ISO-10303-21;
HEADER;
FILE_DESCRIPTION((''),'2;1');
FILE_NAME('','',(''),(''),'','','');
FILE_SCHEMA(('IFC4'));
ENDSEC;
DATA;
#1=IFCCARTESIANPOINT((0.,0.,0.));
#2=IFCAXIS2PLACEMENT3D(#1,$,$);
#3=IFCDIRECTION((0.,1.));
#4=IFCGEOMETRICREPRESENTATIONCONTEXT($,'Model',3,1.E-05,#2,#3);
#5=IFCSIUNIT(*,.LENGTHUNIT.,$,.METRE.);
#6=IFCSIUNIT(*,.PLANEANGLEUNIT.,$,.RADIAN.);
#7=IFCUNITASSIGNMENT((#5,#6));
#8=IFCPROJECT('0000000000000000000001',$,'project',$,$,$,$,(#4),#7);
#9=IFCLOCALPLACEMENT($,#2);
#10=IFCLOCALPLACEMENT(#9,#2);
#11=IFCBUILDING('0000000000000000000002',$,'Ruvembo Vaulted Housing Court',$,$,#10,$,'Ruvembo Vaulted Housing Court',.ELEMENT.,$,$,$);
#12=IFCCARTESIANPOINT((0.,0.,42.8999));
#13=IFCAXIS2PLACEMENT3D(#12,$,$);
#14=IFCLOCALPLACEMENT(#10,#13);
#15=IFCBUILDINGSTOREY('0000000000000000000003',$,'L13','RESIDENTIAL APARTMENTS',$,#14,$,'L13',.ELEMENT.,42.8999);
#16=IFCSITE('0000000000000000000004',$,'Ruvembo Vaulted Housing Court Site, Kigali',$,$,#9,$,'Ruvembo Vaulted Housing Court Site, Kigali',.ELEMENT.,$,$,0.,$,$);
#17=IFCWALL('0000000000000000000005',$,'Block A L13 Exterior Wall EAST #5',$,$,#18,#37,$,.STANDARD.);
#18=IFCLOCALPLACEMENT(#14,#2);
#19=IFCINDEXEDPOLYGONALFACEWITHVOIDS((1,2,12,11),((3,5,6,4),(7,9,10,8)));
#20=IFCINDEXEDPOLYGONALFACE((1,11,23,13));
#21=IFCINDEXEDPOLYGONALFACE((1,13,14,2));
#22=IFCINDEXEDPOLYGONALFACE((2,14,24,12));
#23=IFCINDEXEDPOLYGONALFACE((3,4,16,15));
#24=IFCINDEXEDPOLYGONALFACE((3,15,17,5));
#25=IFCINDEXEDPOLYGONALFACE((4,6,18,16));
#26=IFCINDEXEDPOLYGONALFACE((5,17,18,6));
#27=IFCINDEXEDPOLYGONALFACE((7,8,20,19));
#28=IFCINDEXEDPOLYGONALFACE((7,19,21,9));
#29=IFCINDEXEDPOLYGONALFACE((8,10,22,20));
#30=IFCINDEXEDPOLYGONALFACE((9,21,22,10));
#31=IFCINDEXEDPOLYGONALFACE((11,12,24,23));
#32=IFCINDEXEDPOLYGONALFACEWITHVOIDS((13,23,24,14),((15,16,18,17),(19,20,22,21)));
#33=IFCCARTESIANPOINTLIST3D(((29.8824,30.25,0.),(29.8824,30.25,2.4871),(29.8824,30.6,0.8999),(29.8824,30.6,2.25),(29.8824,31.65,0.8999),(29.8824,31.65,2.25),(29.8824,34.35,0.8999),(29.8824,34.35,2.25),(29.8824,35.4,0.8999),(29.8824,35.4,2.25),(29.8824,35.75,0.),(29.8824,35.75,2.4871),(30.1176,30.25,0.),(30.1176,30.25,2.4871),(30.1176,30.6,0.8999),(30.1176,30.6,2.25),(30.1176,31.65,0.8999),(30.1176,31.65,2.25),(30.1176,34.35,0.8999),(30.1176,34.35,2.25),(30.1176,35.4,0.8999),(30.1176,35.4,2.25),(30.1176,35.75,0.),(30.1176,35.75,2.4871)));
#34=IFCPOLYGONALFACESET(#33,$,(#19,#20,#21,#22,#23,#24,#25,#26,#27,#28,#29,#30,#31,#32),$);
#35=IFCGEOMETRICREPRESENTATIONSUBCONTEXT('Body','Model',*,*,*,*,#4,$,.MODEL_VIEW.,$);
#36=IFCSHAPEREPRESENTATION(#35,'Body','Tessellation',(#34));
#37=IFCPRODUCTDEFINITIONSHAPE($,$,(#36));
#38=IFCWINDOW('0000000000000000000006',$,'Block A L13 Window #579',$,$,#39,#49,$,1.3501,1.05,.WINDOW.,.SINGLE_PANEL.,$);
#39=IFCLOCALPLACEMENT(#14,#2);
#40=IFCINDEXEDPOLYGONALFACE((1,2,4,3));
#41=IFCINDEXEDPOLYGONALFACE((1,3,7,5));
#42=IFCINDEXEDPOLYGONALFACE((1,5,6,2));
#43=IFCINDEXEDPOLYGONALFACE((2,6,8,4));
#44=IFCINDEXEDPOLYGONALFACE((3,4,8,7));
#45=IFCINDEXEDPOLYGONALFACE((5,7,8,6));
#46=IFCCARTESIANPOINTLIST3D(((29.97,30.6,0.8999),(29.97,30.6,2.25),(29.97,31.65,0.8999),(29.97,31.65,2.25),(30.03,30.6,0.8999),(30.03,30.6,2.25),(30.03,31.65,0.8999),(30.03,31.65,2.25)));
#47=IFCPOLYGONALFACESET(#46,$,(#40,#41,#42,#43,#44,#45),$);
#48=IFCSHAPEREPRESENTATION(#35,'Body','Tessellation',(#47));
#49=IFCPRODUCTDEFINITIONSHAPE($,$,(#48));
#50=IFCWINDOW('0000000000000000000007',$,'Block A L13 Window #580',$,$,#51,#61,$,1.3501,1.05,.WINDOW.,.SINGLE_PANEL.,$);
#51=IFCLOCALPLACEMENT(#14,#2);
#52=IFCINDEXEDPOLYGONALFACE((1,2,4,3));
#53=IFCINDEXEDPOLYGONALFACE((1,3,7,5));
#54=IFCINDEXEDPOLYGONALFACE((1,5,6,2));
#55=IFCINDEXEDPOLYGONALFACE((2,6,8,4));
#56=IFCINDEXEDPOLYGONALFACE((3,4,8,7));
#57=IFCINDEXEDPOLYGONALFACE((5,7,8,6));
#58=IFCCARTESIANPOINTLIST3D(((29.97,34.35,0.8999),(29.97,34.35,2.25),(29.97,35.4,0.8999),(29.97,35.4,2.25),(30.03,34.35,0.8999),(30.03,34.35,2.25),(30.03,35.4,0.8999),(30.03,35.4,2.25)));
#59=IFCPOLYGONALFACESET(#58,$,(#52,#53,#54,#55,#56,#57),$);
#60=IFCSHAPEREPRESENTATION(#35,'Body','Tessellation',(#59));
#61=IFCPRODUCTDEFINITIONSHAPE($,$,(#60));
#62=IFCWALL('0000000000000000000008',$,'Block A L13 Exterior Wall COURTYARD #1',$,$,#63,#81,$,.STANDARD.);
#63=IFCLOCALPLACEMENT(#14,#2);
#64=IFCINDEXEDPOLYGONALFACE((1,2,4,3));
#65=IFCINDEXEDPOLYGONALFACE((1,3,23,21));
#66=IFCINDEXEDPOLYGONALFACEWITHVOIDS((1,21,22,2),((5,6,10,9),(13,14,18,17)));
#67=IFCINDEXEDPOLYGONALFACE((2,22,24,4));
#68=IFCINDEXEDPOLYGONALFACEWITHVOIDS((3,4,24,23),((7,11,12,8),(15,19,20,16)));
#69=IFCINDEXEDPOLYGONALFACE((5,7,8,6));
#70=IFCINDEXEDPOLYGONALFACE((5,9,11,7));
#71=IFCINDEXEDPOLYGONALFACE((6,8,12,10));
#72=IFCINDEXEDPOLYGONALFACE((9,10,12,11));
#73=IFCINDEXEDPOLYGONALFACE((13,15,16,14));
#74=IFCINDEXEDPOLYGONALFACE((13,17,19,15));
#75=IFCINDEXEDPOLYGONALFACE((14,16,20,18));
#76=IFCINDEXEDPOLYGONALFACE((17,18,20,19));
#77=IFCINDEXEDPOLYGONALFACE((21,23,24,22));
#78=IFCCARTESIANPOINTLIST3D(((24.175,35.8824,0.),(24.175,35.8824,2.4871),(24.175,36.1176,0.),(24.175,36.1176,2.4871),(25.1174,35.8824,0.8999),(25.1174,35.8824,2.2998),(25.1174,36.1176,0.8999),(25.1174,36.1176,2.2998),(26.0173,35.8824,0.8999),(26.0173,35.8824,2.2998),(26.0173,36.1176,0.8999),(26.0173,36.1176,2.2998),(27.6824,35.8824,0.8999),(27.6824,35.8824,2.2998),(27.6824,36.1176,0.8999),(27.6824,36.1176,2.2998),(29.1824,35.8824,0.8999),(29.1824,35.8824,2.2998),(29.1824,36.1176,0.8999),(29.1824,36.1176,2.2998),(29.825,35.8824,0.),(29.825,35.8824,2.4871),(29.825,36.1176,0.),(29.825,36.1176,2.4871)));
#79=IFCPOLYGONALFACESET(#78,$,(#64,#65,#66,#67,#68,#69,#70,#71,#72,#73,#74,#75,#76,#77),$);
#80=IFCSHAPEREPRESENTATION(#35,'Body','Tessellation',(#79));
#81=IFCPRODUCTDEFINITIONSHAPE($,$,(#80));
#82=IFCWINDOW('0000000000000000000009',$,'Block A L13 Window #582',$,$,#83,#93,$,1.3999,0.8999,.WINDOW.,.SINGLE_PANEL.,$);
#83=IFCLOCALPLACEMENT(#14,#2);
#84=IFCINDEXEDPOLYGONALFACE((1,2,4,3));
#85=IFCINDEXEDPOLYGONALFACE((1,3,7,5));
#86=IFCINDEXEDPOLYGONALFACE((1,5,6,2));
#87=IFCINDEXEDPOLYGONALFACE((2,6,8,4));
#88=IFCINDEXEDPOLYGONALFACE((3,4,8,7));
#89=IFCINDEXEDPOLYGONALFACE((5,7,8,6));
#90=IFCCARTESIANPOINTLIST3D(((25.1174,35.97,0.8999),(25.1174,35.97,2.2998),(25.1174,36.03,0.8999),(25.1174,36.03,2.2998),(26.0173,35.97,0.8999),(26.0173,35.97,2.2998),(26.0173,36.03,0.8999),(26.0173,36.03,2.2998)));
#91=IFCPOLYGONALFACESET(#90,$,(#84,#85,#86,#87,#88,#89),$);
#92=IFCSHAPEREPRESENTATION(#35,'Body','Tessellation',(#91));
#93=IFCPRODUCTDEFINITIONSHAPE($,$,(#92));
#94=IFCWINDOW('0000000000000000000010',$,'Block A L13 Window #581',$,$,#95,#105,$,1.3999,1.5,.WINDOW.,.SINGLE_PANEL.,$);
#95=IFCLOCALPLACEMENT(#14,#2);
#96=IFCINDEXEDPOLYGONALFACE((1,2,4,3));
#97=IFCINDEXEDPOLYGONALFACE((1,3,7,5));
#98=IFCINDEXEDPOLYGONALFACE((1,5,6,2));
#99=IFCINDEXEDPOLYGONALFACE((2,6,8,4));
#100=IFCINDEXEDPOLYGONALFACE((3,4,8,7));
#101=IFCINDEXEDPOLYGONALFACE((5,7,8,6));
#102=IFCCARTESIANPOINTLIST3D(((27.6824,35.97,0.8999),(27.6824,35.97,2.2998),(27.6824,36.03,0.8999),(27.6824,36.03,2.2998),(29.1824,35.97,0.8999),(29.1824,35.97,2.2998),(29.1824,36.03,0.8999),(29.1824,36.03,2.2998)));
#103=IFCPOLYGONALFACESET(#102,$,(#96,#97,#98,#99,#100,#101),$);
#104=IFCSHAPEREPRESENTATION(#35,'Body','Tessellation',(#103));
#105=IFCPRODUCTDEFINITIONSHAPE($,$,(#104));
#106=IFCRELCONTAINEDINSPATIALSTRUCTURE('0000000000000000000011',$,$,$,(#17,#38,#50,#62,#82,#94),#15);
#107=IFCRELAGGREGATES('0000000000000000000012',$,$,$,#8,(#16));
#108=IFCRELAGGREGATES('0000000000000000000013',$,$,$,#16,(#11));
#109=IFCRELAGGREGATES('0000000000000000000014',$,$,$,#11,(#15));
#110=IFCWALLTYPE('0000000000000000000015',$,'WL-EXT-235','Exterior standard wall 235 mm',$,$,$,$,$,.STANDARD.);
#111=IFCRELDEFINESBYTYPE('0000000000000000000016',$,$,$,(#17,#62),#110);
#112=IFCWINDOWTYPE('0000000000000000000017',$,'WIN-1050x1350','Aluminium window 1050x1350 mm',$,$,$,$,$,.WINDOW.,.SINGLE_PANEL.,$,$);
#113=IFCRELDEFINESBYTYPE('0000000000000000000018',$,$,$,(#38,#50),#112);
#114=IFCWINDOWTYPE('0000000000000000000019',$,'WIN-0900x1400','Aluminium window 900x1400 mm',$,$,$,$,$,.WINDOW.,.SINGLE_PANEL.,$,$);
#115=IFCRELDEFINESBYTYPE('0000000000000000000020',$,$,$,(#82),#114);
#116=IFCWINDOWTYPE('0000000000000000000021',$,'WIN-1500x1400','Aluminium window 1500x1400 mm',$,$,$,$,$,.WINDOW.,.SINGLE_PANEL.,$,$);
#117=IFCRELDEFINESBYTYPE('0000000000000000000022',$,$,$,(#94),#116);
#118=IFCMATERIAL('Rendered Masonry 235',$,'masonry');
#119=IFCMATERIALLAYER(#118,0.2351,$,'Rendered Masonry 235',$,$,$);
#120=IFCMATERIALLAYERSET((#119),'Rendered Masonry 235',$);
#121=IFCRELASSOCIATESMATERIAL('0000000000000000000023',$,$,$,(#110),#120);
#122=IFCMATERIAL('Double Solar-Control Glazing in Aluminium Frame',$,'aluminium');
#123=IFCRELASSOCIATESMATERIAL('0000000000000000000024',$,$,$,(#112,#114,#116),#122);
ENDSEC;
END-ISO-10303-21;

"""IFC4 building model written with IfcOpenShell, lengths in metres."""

from ifc_helpers import new_model, si_unit, direction, frame, frame_2d, origin, place, context, subcontext, project, spatial, rectangle, extrude, material, layer, layer_set, type_object, element, fill, save


model = new_model("IFC4")

# Units and contexts
model_context = context("Model", 3, precision=1e-05, world=origin(), true_north=direction((0.0, 1.0)))
body_context = subcontext(model_context, "Body", "Model", "MODEL_VIEW")
ifc_project = project(units=[si_unit("LENGTHUNIT", "METRE"), si_unit("PLANEANGLEUNIT", "RADIAN")], contexts=[model_context])

# Site, building, storey
site_placement = place(None, origin())
site = spatial("IfcSite", under=ifc_project, at=site_placement, Name="Ruvembo Vaulted Housing Court Site, Kigali", LongName="Ruvembo Vaulted Housing Court Site, Kigali", CompositionType="ELEMENT", RefElevation=0.0)
building_placement = place(site_placement, origin())
building = spatial("IfcBuilding", under=site, at=building_placement, Name="Ruvembo Vaulted Housing Court", LongName="Ruvembo Vaulted Housing Court", CompositionType="ELEMENT")
storey_placement = place(building_placement, frame((0.0, 0.0, 42.8999)))
storey = spatial("IfcBuildingStorey", under=building, at=storey_placement, Name="L13", Description="RESIDENTIAL APARTMENTS", LongName="L13", CompositionType="ELEMENT", Elevation=42.8999)

# Walls, openings, windows
ifc_material_1 = material(Name="Rendered Masonry 235", Category="masonry")
ifc_layer_1 = layer(ifc_material_1, 0.2351, Name="Rendered Masonry 235")
ifc_layer_set_1 = layer_set([ifc_layer_1], Name="Rendered Masonry 235")
wall_type_1 = type_object("IfcWallType", Name="WL-EXT-235", Description="Exterior standard wall 235 mm", PredefinedType="STANDARD", material=ifc_layer_set_1)
wall_1_placement = place(storey_placement, frame((30.0, 30.25, 0.0), z_axis=(0.0, 0.0, 1.0), x_axis=(0.0, 1.0, 0.0)))
wall_1 = element("IfcWall", 1, at=wall_1_placement, inside=storey, type_object=wall_type_1, Name="Block A L13 Exterior Wall EAST #5", PredefinedType="STANDARD", context=body_context, shape_type="SweptSolid", body=[
    extrude(rectangle(XDim=5.5, YDim=0.2351, at=frame_2d((2.75, 0.0))), origin(), (0.0, 0.0, 1.0), 2.4871),
])
opening_1_placement = place(wall_1_placement, frame((0.3501, 0.0, 0.8999)))
opening_1 = element("IfcOpeningElement", 2, at=opening_1_placement, cuts=wall_1, PredefinedType="OPENING", context=body_context, shape_type="SweptSolid", body=[
    extrude(rectangle(XDim=1.05, YDim=1.3501, at=frame_2d((0.5249, 0.675))), frame((0.0, 0.1274, 0.0), z_axis=(0.0, -1.0, 0.0), x_axis=(1.0, 0.0, 0.0)), (0.0, 0.0, 1.0), 0.2551),
])
opening_2_placement = place(wall_1_placement, frame((4.1001, 0.0, 0.8999)))
opening_2 = element("IfcOpeningElement", 3, at=opening_2_placement, cuts=wall_1, PredefinedType="OPENING", context=body_context, shape_type="SweptSolid", body=[
    extrude(rectangle(XDim=1.05, YDim=1.3501, at=frame_2d((0.5249, 0.675))), frame((0.0, 0.1274, 0.0), z_axis=(0.0, -1.0, 0.0), x_axis=(1.0, 0.0, 0.0)), (0.0, 0.0, 1.0), 0.2551),
])
ifc_material_2 = material(Name="Double Solar-Control Glazing in Aluminium Frame", Category="aluminium")
window_type_1 = type_object("IfcWindowType", Name="WIN-1050x1350", Description="Aluminium window 1050x1350 mm", PartitioningType="SINGLE_PANEL", PredefinedType="WINDOW", material=ifc_material_2)
window_1_placement = place(opening_1_placement, origin())
window_1 = element("IfcWindow", 4, at=window_1_placement, inside=storey, type_object=window_type_1, Name="Block A L13 Window #579", OverallHeight=1.3501, OverallWidth=1.05, PartitioningType="SINGLE_PANEL", PredefinedType="WINDOW", context=body_context, shape_type="SweptSolid", body=[
    extrude(rectangle(XDim=1.05, YDim=1.3501, at=frame_2d((0.5249, 0.675))), frame((0.0, 0.03, 0.0), z_axis=(0.0, -1.0, 0.0), x_axis=(1.0, 0.0, 0.0)), (0.0, 0.0, 1.0), 0.0601),
])
fill(opening_1, window_1)
window_2_placement = place(opening_2_placement, origin())
window_2 = element("IfcWindow", 5, at=window_2_placement, inside=storey, type_object=window_type_1, Name="Block A L13 Window #580", OverallHeight=1.3501, OverallWidth=1.05, PartitioningType="SINGLE_PANEL", PredefinedType="WINDOW", context=body_context, shape_type="SweptSolid", body=[
    extrude(rectangle(XDim=1.05, YDim=1.3501, at=frame_2d((0.5249, 0.675))), frame((0.0, 0.03, 0.0), z_axis=(0.0, -1.0, 0.0), x_axis=(1.0, 0.0, 0.0)), (0.0, 0.0, 1.0), 0.0601),
])
fill(opening_2, window_2)
wall_2_placement = place(storey_placement, frame((29.825, 36.0, 0.0), z_axis=(0.0, 0.0, 1.0), x_axis=(-1.0, 0.0, 0.0)))
wall_2 = element("IfcWall", 6, at=wall_2_placement, inside=storey, type_object=wall_type_1, Name="Block A L13 Exterior Wall COURTYARD #1", PredefinedType="STANDARD", context=body_context, shape_type="SweptSolid", body=[
    extrude(rectangle(XDim=5.6499, YDim=0.2351, at=frame_2d((2.825, 0.0))), origin(), (0.0, 0.0, 1.0), 2.4871),
])
opening_3_placement = place(wall_2_placement, frame((0.6426, 0.0, 0.8999)))
opening_3 = element("IfcOpeningElement", 7, at=opening_3_placement, cuts=wall_2, PredefinedType="OPENING", context=body_context, shape_type="SweptSolid", body=[
    extrude(rectangle(XDim=1.5, YDim=1.3999, at=frame_2d((0.75, 0.7))), frame((0.0, 0.1274, 0.0), z_axis=(0.0, -1.0, 0.0), x_axis=(1.0, 0.0, 0.0)), (0.0, 0.0, 1.0), 0.2551),
])
opening_4_placement = place(wall_2_placement, frame((3.8076, 0.0, 0.8999)))
opening_4 = element("IfcOpeningElement", 8, at=opening_4_placement, cuts=wall_2, PredefinedType="OPENING", context=body_context, shape_type="SweptSolid", body=[
    extrude(rectangle(XDim=0.8999, YDim=1.3999, at=frame_2d((0.45, 0.7))), frame((0.0, 0.1274, 0.0), z_axis=(0.0, -1.0, 0.0), x_axis=(1.0, 0.0, 0.0)), (0.0, 0.0, 1.0), 0.2551),
])
window_type_2 = type_object("IfcWindowType", Name="WIN-0900x1400", Description="Aluminium window 900x1400 mm", PartitioningType="SINGLE_PANEL", PredefinedType="WINDOW", material=ifc_material_2)
window_3_placement = place(opening_4_placement, origin())
window_3 = element("IfcWindow", 9, at=window_3_placement, inside=storey, type_object=window_type_2, Name="Block A L13 Window #582", OverallHeight=1.3999, OverallWidth=0.8999, PartitioningType="SINGLE_PANEL", PredefinedType="WINDOW", context=body_context, shape_type="SweptSolid", body=[
    extrude(rectangle(XDim=0.8999, YDim=1.3999, at=frame_2d((0.45, 0.7))), frame((0.0, 0.03, 0.0), z_axis=(0.0, -1.0, 0.0), x_axis=(1.0, 0.0, 0.0)), (0.0, 0.0, 1.0), 0.0601),
])
fill(opening_4, window_3)
window_type_3 = type_object("IfcWindowType", Name="WIN-1500x1400", Description="Aluminium window 1500x1400 mm", PartitioningType="SINGLE_PANEL", PredefinedType="WINDOW", material=ifc_material_2)
window_4_placement = place(opening_3_placement, origin())
window_4 = element("IfcWindow", 10, at=window_4_placement, inside=storey, type_object=window_type_3, Name="Block A L13 Window #581", OverallHeight=1.3999, OverallWidth=1.5, PartitioningType="SINGLE_PANEL", PredefinedType="WINDOW", context=body_context, shape_type="SweptSolid", body=[
    extrude(rectangle(XDim=1.5, YDim=1.3999, at=frame_2d((0.75, 0.7))), frame((0.0, 0.03, 0.0), z_axis=(0.0, -1.0, 0.0), x_axis=(1.0, 0.0, 0.0)), (0.0, 0.0, 1.0), 0.0601),
])
fill(opening_3, window_4)

save(model, "model.ifc")
